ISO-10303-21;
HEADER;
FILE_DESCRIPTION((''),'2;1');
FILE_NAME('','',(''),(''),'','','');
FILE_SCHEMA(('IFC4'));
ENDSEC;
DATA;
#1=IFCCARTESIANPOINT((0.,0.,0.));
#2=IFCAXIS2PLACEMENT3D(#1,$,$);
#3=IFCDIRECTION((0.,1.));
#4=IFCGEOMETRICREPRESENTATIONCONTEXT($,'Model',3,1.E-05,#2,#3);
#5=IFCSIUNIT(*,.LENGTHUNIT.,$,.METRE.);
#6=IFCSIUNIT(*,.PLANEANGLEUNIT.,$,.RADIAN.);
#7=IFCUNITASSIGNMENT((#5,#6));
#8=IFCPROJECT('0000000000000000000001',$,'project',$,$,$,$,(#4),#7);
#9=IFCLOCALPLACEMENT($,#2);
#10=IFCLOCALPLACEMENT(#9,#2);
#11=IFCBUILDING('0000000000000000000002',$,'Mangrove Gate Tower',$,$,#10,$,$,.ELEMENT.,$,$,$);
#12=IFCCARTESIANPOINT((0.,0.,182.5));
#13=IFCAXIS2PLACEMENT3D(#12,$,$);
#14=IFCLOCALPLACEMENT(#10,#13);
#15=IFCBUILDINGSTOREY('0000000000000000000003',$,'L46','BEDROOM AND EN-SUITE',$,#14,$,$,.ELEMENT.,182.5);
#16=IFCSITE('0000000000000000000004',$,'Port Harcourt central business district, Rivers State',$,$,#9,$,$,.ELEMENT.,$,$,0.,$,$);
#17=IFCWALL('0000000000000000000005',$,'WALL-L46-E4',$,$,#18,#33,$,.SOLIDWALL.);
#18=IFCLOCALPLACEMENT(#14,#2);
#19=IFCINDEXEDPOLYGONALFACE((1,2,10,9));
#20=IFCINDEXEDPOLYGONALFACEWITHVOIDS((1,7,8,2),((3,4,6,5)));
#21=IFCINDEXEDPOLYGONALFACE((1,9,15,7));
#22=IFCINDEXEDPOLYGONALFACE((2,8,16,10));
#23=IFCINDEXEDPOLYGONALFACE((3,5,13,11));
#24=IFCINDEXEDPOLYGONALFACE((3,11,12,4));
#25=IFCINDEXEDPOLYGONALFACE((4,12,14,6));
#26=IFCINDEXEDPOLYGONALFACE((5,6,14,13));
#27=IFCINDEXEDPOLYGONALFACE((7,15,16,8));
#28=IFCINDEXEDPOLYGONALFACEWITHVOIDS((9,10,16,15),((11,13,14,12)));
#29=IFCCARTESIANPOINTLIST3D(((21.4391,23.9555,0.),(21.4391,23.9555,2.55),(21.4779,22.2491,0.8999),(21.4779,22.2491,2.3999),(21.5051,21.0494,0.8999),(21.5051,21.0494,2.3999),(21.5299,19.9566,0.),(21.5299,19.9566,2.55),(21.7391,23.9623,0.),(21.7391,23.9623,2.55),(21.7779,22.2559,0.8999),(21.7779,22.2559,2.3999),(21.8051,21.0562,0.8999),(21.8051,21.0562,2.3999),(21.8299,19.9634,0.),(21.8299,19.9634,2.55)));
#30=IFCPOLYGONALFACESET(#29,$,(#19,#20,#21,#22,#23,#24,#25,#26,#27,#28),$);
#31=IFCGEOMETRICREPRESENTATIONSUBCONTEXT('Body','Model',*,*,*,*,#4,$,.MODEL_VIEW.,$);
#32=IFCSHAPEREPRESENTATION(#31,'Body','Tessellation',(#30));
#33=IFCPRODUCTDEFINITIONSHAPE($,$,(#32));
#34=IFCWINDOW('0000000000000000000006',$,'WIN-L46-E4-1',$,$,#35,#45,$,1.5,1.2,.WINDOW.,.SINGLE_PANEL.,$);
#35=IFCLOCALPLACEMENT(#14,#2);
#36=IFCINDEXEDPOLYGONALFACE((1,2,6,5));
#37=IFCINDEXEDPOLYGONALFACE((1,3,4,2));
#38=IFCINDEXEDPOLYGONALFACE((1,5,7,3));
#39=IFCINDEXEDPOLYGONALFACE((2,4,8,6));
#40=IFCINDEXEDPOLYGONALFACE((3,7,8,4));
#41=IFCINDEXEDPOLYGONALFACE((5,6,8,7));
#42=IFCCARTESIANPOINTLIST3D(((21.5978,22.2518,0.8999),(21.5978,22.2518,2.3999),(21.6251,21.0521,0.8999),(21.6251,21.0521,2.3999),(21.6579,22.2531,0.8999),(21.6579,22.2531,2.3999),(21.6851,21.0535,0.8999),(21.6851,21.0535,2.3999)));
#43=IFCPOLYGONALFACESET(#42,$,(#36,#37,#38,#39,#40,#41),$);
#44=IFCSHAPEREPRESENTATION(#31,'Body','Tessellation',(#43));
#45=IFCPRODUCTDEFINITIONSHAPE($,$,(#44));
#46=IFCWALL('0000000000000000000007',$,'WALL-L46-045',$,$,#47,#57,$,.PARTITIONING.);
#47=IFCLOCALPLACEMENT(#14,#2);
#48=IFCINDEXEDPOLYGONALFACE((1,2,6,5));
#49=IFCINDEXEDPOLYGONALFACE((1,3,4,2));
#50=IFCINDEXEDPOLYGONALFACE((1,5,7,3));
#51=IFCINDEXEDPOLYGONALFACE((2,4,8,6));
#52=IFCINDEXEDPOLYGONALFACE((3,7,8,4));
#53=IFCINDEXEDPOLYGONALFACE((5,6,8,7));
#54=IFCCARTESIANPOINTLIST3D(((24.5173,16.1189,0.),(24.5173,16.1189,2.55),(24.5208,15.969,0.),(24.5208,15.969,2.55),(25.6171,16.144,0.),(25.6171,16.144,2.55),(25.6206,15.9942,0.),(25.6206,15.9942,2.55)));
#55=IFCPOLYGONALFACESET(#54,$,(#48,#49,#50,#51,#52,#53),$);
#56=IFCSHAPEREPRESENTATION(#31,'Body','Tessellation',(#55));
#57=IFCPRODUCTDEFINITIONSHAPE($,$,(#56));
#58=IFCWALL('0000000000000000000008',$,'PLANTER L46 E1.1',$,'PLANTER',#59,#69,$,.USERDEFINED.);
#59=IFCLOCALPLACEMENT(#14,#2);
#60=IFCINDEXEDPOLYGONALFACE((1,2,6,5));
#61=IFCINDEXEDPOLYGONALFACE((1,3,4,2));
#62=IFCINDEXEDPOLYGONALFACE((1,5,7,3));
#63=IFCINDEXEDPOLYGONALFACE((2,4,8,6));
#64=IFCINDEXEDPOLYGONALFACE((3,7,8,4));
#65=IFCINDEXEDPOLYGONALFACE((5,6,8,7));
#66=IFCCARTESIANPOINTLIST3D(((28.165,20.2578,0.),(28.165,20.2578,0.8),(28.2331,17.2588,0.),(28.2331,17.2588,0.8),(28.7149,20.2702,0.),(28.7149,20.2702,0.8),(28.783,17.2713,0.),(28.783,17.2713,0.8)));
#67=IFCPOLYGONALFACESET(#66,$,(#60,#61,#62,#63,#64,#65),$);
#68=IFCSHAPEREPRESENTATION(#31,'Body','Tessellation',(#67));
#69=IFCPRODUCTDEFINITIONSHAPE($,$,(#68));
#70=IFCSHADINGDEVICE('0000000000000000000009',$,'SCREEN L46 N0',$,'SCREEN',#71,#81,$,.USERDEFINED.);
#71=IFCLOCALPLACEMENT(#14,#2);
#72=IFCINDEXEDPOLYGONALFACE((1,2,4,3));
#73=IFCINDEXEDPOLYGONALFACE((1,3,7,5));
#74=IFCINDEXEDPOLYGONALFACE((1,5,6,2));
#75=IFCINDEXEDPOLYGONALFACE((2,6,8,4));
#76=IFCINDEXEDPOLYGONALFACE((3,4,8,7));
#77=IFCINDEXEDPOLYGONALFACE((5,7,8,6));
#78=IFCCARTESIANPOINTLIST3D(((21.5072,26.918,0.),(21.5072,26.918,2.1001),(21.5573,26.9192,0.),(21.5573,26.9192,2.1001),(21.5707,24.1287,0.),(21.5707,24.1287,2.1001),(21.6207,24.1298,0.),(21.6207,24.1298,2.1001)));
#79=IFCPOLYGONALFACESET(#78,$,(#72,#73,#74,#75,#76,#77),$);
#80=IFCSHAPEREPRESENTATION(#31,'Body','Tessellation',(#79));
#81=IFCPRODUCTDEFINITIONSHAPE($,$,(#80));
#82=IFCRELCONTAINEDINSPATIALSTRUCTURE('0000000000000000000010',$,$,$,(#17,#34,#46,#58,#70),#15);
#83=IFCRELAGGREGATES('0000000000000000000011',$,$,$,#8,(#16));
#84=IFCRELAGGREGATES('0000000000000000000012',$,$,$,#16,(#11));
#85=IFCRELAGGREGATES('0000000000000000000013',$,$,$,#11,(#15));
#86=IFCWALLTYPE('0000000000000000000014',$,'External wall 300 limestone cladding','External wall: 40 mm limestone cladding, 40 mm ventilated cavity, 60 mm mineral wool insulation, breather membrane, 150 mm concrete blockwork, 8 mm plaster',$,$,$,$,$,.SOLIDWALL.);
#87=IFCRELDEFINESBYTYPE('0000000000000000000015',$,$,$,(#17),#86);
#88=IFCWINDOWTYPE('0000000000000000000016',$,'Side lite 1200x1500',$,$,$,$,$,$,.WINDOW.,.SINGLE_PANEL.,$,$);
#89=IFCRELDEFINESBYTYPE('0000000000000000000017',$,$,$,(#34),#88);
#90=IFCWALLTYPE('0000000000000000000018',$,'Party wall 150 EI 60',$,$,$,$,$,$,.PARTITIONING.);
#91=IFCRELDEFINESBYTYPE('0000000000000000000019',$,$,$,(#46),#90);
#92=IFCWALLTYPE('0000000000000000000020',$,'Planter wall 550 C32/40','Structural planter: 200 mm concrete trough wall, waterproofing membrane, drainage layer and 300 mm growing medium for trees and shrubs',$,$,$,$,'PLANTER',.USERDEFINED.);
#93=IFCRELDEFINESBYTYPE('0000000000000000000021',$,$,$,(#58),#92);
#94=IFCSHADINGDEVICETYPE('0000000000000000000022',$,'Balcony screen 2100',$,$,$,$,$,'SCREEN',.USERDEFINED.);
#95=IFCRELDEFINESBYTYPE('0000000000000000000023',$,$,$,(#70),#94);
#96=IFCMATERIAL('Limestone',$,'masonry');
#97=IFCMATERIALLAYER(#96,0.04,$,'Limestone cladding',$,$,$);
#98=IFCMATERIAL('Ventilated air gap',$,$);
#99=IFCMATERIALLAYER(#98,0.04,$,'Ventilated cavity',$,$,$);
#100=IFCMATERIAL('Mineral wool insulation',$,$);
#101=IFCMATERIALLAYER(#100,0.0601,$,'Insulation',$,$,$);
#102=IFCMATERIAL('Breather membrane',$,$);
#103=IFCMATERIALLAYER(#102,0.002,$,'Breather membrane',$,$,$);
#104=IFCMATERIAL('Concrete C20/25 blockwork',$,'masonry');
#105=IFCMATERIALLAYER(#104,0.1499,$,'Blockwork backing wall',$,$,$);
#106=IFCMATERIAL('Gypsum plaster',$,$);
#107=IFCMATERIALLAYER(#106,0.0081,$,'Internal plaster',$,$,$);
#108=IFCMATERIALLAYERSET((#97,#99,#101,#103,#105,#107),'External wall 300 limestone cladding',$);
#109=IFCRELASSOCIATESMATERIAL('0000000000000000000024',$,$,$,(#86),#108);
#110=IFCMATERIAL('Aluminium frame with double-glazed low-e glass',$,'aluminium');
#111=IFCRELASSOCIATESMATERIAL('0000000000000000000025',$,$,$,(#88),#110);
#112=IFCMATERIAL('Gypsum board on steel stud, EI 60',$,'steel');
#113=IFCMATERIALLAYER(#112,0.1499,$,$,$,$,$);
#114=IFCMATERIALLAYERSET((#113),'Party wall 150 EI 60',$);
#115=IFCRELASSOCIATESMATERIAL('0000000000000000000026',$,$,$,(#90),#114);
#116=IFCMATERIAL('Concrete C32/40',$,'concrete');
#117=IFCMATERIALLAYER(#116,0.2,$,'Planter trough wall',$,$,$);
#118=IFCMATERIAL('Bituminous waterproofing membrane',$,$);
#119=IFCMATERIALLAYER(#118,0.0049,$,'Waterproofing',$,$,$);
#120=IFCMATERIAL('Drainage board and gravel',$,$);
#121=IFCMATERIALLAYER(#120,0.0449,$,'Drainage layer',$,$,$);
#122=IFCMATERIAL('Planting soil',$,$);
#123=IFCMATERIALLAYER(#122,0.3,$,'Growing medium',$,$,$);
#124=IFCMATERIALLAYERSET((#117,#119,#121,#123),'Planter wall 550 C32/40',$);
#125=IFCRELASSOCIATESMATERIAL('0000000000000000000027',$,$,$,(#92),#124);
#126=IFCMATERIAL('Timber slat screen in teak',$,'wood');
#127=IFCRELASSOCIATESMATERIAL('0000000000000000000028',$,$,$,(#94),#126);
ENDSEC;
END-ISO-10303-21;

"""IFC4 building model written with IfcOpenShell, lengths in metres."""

from ifc_helpers import new_model, si_unit, direction, frame, frame_2d, origin, origin_2d, place, context, subcontext, project, spatial, rectangle, extrude, material, layer, layer_set, type_object, element, fill, save


model = new_model("IFC4")

# Units and contexts
model_context = context("Model", 3, precision=1e-05, world=origin(), true_north=direction((0.0, 1.0)))
body_context = subcontext(model_context, "Body", "Model", "MODEL_VIEW")
ifc_project = project(units=[si_unit("LENGTHUNIT", "METRE"), si_unit("PLANEANGLEUNIT", "RADIAN")], contexts=[model_context])

# Site, building, storey
site_placement = place(None, origin())
site = spatial("IfcSite", under=ifc_project, at=site_placement, Name="Port Harcourt central business district, Rivers State", CompositionType="ELEMENT", RefElevation=0.0)
building_placement = place(site_placement, origin())
building = spatial("IfcBuilding", under=site, at=building_placement, Name="Mangrove Gate Tower", CompositionType="ELEMENT")
storey_placement = place(building_placement, frame((0.0, 0.0, 182.5)))
storey = spatial("IfcBuildingStorey", under=building, at=storey_placement, Name="L46", Description="BEDROOM AND EN-SUITE", CompositionType="ELEMENT", Elevation=182.5)

# Wall, opening, window
ifc_material_1 = material(Name="Limestone", Category="masonry")
ifc_layer_1 = layer(ifc_material_1, 0.04, Name="Limestone cladding")
ifc_material_2 = material(Name="Ventilated air gap")
ifc_layer_2 = layer(ifc_material_2, 0.04, Name="Ventilated cavity")
ifc_material_3 = material(Name="Mineral wool insulation")
ifc_layer_3 = layer(ifc_material_3, 0.0601, Name="Insulation")
ifc_material_4 = material(Name="Breather membrane")
ifc_layer_4 = layer(ifc_material_4, 0.002, Name="Breather membrane")
ifc_material_5 = material(Name="Concrete C20/25 blockwork", Category="masonry")
ifc_layer_5 = layer(ifc_material_5, 0.1499, Name="Blockwork backing wall")
ifc_material_6 = material(Name="Gypsum plaster")
ifc_layer_6 = layer(ifc_material_6, 0.0081, Name="Internal plaster")
ifc_layer_set_1 = layer_set([ifc_layer_1, ifc_layer_2, ifc_layer_3, ifc_layer_4, ifc_layer_5, ifc_layer_6], Name="External wall 300 limestone cladding")
wall_type_1 = type_object("IfcWallType", Name="External wall 300 limestone cladding", Description="External wall: 40 mm limestone cladding, 40 mm ventilated cavity, 60 mm mineral wool insulation, breather membrane, 150 mm concrete blockwork, 8 mm plaster", PredefinedType="SOLIDWALL", material=ifc_layer_set_1)
ifc_material_7 = material(Name="Aluminium frame with double-glazed low-e glass", Category="aluminium")
window_type_1 = type_object("IfcWindowType", Name="Side lite 1200x1500", PartitioningType="SINGLE_PANEL", PredefinedType="WINDOW", material=ifc_material_7)
wall_1_placement = place(storey_placement, frame((21.6799, 19.96, 0.0), z_axis=(0.0, 0.0, 1.0), x_axis=(-0.022705, 0.999742, 0.0)))
wall_1 = element("IfcWall", 1, at=wall_1_placement, inside=storey, type_object=wall_type_1, Name="WALL-L46-E4", PredefinedType="SOLIDWALL", context=body_context, shape_type="SweptSolid", body=[
    extrude(rectangle(XDim=4.0, YDim=0.3, at=frame_2d((2.0, 0.0))), origin(), (0.0, 0.0, 1.0), 2.55),
])
opening_1_placement = place(wall_1_placement, frame((1.093, 0.0, 0.8999)))
opening_1 = element("IfcOpeningElement", 2, at=opening_1_placement, cuts=wall_1, PredefinedType="OPENING", context=body_context, shape_type="SweptSolid", body=[
    extrude(rectangle(XDim=1.2, YDim=1.5, at=frame_2d((0.6001, 0.75))), frame((0.0, 0.1599, 0.0), z_axis=(0.0, -1.0, 0.0), x_axis=(1.0, 0.0, 0.0)), (0.0, 0.0, 1.0), 0.3201),
])
window_1_placement = place(opening_1_placement, origin())
window_1 = element("IfcWindow", 3, at=window_1_placement, inside=storey, type_object=window_type_1, Name="WIN-L46-E4-1", OverallHeight=1.5, OverallWidth=1.2, PartitioningType="SINGLE_PANEL", PredefinedType="WINDOW", context=body_context, shape_type="SweptSolid", body=[
    extrude(rectangle(XDim=1.2, YDim=1.5, at=frame_2d((0.6001, 0.75))), frame((0.0, 0.03, 0.0), z_axis=(0.0, -1.0, 0.0), x_axis=(1.0, 0.0, 0.0)), (0.0, 0.0, 1.0), 0.0601),
])
fill(opening_1, window_1)

# Walls
ifc_material_8 = material(Name="Gypsum board on steel stud, EI 60", Category="steel")
ifc_layer_7 = layer(ifc_material_8, 0.1499)
ifc_layer_set_2 = layer_set([ifc_layer_7], Name="Party wall 150 EI 60")
wall_type_2 = type_object("IfcWallType", Name="Party wall 150 EI 60", PredefinedType="PARTITIONING", material=ifc_layer_set_2)
wall_2_placement = place(storey_placement, frame((24.519, 16.0439, 0.0), z_axis=(0.0, 0.0, 1.0), x_axis=(0.999739, 0.022858, 0.0)))
element("IfcWall", 4, at=wall_2_placement, inside=storey, type_object=wall_type_2, Name="WALL-L46-045", PredefinedType="PARTITIONING", context=body_context, shape_type="SweptSolid", body=[
    extrude(rectangle(XDim=1.1001, YDim=0.1499, at=frame_2d((0.55, 0.0))), origin(), (0.0, 0.0, 1.0), 2.55),
])
ifc_material_9 = material(Name="Concrete C32/40", Category="concrete")
ifc_layer_8 = layer(ifc_material_9, 0.2, Name="Planter trough wall")
ifc_material_10 = material(Name="Bituminous waterproofing membrane")
ifc_layer_9 = layer(ifc_material_10, 0.0049, Name="Waterproofing")
ifc_material_11 = material(Name="Drainage board and gravel")
ifc_layer_10 = layer(ifc_material_11, 0.0449, Name="Drainage layer")
ifc_material_12 = material(Name="Planting soil")
ifc_layer_11 = layer(ifc_material_12, 0.3, Name="Growing medium")
ifc_layer_set_3 = layer_set([ifc_layer_8, ifc_layer_9, ifc_layer_10, ifc_layer_11], Name="Planter wall 550 C32/40")
wall_type_3 = type_object("IfcWallType", Name="Planter wall 550 C32/40", Description="Structural planter: 200 mm concrete trough wall, waterproofing membrane, drainage layer and 300 mm growing medium for trees and shrubs", ElementType="PLANTER", PredefinedType="USERDEFINED", material=ifc_layer_set_3)
wall_3_placement = place(storey_placement, frame((28.5081, 17.2649, 0.0), z_axis=(0.0, 0.0, 1.0), x_axis=(-0.022707, 0.999742, 0.0)))
element("IfcWall", 5, at=wall_3_placement, inside=storey, type_object=wall_type_3, Name="PLANTER L46 E1.1", ObjectType="PLANTER", PredefinedType="USERDEFINED", context=body_context, shape_type="SweptSolid", body=[
    extrude(rectangle(XDim=2.9998, YDim=0.55, at=frame_2d((1.5, 0.0))), origin(), (0.0, 0.0, 1.0), 0.8),
])

# Shading device
ifc_material_13 = material(Name="Timber slat screen in teak", Category="wood")
shading_device_type = type_object("IfcShadingDeviceType", Name="Balcony screen 2100", ElementType="SCREEN", PredefinedType="USERDEFINED", material=ifc_material_13)
shading_device_placement = place(storey_placement, frame((21.564, 25.5239, 0.0), z_axis=(0.0, 0.0, 1.0), x_axis=(-0.02274, 0.999741, 0.0)))
element("IfcShadingDevice", 6, at=shading_device_placement, inside=storey, type_object=shading_device_type, Name="SCREEN L46 N0", ObjectType="SCREEN", PredefinedType="USERDEFINED", context=body_context, shape_type="SweptSolid", body=[
    extrude(rectangle(XDim=2.79, YDim=0.05, at=origin_2d()), origin(), (0.0, 0.0, 1.0), 2.1001),
])

save(model, "model.ifc")
